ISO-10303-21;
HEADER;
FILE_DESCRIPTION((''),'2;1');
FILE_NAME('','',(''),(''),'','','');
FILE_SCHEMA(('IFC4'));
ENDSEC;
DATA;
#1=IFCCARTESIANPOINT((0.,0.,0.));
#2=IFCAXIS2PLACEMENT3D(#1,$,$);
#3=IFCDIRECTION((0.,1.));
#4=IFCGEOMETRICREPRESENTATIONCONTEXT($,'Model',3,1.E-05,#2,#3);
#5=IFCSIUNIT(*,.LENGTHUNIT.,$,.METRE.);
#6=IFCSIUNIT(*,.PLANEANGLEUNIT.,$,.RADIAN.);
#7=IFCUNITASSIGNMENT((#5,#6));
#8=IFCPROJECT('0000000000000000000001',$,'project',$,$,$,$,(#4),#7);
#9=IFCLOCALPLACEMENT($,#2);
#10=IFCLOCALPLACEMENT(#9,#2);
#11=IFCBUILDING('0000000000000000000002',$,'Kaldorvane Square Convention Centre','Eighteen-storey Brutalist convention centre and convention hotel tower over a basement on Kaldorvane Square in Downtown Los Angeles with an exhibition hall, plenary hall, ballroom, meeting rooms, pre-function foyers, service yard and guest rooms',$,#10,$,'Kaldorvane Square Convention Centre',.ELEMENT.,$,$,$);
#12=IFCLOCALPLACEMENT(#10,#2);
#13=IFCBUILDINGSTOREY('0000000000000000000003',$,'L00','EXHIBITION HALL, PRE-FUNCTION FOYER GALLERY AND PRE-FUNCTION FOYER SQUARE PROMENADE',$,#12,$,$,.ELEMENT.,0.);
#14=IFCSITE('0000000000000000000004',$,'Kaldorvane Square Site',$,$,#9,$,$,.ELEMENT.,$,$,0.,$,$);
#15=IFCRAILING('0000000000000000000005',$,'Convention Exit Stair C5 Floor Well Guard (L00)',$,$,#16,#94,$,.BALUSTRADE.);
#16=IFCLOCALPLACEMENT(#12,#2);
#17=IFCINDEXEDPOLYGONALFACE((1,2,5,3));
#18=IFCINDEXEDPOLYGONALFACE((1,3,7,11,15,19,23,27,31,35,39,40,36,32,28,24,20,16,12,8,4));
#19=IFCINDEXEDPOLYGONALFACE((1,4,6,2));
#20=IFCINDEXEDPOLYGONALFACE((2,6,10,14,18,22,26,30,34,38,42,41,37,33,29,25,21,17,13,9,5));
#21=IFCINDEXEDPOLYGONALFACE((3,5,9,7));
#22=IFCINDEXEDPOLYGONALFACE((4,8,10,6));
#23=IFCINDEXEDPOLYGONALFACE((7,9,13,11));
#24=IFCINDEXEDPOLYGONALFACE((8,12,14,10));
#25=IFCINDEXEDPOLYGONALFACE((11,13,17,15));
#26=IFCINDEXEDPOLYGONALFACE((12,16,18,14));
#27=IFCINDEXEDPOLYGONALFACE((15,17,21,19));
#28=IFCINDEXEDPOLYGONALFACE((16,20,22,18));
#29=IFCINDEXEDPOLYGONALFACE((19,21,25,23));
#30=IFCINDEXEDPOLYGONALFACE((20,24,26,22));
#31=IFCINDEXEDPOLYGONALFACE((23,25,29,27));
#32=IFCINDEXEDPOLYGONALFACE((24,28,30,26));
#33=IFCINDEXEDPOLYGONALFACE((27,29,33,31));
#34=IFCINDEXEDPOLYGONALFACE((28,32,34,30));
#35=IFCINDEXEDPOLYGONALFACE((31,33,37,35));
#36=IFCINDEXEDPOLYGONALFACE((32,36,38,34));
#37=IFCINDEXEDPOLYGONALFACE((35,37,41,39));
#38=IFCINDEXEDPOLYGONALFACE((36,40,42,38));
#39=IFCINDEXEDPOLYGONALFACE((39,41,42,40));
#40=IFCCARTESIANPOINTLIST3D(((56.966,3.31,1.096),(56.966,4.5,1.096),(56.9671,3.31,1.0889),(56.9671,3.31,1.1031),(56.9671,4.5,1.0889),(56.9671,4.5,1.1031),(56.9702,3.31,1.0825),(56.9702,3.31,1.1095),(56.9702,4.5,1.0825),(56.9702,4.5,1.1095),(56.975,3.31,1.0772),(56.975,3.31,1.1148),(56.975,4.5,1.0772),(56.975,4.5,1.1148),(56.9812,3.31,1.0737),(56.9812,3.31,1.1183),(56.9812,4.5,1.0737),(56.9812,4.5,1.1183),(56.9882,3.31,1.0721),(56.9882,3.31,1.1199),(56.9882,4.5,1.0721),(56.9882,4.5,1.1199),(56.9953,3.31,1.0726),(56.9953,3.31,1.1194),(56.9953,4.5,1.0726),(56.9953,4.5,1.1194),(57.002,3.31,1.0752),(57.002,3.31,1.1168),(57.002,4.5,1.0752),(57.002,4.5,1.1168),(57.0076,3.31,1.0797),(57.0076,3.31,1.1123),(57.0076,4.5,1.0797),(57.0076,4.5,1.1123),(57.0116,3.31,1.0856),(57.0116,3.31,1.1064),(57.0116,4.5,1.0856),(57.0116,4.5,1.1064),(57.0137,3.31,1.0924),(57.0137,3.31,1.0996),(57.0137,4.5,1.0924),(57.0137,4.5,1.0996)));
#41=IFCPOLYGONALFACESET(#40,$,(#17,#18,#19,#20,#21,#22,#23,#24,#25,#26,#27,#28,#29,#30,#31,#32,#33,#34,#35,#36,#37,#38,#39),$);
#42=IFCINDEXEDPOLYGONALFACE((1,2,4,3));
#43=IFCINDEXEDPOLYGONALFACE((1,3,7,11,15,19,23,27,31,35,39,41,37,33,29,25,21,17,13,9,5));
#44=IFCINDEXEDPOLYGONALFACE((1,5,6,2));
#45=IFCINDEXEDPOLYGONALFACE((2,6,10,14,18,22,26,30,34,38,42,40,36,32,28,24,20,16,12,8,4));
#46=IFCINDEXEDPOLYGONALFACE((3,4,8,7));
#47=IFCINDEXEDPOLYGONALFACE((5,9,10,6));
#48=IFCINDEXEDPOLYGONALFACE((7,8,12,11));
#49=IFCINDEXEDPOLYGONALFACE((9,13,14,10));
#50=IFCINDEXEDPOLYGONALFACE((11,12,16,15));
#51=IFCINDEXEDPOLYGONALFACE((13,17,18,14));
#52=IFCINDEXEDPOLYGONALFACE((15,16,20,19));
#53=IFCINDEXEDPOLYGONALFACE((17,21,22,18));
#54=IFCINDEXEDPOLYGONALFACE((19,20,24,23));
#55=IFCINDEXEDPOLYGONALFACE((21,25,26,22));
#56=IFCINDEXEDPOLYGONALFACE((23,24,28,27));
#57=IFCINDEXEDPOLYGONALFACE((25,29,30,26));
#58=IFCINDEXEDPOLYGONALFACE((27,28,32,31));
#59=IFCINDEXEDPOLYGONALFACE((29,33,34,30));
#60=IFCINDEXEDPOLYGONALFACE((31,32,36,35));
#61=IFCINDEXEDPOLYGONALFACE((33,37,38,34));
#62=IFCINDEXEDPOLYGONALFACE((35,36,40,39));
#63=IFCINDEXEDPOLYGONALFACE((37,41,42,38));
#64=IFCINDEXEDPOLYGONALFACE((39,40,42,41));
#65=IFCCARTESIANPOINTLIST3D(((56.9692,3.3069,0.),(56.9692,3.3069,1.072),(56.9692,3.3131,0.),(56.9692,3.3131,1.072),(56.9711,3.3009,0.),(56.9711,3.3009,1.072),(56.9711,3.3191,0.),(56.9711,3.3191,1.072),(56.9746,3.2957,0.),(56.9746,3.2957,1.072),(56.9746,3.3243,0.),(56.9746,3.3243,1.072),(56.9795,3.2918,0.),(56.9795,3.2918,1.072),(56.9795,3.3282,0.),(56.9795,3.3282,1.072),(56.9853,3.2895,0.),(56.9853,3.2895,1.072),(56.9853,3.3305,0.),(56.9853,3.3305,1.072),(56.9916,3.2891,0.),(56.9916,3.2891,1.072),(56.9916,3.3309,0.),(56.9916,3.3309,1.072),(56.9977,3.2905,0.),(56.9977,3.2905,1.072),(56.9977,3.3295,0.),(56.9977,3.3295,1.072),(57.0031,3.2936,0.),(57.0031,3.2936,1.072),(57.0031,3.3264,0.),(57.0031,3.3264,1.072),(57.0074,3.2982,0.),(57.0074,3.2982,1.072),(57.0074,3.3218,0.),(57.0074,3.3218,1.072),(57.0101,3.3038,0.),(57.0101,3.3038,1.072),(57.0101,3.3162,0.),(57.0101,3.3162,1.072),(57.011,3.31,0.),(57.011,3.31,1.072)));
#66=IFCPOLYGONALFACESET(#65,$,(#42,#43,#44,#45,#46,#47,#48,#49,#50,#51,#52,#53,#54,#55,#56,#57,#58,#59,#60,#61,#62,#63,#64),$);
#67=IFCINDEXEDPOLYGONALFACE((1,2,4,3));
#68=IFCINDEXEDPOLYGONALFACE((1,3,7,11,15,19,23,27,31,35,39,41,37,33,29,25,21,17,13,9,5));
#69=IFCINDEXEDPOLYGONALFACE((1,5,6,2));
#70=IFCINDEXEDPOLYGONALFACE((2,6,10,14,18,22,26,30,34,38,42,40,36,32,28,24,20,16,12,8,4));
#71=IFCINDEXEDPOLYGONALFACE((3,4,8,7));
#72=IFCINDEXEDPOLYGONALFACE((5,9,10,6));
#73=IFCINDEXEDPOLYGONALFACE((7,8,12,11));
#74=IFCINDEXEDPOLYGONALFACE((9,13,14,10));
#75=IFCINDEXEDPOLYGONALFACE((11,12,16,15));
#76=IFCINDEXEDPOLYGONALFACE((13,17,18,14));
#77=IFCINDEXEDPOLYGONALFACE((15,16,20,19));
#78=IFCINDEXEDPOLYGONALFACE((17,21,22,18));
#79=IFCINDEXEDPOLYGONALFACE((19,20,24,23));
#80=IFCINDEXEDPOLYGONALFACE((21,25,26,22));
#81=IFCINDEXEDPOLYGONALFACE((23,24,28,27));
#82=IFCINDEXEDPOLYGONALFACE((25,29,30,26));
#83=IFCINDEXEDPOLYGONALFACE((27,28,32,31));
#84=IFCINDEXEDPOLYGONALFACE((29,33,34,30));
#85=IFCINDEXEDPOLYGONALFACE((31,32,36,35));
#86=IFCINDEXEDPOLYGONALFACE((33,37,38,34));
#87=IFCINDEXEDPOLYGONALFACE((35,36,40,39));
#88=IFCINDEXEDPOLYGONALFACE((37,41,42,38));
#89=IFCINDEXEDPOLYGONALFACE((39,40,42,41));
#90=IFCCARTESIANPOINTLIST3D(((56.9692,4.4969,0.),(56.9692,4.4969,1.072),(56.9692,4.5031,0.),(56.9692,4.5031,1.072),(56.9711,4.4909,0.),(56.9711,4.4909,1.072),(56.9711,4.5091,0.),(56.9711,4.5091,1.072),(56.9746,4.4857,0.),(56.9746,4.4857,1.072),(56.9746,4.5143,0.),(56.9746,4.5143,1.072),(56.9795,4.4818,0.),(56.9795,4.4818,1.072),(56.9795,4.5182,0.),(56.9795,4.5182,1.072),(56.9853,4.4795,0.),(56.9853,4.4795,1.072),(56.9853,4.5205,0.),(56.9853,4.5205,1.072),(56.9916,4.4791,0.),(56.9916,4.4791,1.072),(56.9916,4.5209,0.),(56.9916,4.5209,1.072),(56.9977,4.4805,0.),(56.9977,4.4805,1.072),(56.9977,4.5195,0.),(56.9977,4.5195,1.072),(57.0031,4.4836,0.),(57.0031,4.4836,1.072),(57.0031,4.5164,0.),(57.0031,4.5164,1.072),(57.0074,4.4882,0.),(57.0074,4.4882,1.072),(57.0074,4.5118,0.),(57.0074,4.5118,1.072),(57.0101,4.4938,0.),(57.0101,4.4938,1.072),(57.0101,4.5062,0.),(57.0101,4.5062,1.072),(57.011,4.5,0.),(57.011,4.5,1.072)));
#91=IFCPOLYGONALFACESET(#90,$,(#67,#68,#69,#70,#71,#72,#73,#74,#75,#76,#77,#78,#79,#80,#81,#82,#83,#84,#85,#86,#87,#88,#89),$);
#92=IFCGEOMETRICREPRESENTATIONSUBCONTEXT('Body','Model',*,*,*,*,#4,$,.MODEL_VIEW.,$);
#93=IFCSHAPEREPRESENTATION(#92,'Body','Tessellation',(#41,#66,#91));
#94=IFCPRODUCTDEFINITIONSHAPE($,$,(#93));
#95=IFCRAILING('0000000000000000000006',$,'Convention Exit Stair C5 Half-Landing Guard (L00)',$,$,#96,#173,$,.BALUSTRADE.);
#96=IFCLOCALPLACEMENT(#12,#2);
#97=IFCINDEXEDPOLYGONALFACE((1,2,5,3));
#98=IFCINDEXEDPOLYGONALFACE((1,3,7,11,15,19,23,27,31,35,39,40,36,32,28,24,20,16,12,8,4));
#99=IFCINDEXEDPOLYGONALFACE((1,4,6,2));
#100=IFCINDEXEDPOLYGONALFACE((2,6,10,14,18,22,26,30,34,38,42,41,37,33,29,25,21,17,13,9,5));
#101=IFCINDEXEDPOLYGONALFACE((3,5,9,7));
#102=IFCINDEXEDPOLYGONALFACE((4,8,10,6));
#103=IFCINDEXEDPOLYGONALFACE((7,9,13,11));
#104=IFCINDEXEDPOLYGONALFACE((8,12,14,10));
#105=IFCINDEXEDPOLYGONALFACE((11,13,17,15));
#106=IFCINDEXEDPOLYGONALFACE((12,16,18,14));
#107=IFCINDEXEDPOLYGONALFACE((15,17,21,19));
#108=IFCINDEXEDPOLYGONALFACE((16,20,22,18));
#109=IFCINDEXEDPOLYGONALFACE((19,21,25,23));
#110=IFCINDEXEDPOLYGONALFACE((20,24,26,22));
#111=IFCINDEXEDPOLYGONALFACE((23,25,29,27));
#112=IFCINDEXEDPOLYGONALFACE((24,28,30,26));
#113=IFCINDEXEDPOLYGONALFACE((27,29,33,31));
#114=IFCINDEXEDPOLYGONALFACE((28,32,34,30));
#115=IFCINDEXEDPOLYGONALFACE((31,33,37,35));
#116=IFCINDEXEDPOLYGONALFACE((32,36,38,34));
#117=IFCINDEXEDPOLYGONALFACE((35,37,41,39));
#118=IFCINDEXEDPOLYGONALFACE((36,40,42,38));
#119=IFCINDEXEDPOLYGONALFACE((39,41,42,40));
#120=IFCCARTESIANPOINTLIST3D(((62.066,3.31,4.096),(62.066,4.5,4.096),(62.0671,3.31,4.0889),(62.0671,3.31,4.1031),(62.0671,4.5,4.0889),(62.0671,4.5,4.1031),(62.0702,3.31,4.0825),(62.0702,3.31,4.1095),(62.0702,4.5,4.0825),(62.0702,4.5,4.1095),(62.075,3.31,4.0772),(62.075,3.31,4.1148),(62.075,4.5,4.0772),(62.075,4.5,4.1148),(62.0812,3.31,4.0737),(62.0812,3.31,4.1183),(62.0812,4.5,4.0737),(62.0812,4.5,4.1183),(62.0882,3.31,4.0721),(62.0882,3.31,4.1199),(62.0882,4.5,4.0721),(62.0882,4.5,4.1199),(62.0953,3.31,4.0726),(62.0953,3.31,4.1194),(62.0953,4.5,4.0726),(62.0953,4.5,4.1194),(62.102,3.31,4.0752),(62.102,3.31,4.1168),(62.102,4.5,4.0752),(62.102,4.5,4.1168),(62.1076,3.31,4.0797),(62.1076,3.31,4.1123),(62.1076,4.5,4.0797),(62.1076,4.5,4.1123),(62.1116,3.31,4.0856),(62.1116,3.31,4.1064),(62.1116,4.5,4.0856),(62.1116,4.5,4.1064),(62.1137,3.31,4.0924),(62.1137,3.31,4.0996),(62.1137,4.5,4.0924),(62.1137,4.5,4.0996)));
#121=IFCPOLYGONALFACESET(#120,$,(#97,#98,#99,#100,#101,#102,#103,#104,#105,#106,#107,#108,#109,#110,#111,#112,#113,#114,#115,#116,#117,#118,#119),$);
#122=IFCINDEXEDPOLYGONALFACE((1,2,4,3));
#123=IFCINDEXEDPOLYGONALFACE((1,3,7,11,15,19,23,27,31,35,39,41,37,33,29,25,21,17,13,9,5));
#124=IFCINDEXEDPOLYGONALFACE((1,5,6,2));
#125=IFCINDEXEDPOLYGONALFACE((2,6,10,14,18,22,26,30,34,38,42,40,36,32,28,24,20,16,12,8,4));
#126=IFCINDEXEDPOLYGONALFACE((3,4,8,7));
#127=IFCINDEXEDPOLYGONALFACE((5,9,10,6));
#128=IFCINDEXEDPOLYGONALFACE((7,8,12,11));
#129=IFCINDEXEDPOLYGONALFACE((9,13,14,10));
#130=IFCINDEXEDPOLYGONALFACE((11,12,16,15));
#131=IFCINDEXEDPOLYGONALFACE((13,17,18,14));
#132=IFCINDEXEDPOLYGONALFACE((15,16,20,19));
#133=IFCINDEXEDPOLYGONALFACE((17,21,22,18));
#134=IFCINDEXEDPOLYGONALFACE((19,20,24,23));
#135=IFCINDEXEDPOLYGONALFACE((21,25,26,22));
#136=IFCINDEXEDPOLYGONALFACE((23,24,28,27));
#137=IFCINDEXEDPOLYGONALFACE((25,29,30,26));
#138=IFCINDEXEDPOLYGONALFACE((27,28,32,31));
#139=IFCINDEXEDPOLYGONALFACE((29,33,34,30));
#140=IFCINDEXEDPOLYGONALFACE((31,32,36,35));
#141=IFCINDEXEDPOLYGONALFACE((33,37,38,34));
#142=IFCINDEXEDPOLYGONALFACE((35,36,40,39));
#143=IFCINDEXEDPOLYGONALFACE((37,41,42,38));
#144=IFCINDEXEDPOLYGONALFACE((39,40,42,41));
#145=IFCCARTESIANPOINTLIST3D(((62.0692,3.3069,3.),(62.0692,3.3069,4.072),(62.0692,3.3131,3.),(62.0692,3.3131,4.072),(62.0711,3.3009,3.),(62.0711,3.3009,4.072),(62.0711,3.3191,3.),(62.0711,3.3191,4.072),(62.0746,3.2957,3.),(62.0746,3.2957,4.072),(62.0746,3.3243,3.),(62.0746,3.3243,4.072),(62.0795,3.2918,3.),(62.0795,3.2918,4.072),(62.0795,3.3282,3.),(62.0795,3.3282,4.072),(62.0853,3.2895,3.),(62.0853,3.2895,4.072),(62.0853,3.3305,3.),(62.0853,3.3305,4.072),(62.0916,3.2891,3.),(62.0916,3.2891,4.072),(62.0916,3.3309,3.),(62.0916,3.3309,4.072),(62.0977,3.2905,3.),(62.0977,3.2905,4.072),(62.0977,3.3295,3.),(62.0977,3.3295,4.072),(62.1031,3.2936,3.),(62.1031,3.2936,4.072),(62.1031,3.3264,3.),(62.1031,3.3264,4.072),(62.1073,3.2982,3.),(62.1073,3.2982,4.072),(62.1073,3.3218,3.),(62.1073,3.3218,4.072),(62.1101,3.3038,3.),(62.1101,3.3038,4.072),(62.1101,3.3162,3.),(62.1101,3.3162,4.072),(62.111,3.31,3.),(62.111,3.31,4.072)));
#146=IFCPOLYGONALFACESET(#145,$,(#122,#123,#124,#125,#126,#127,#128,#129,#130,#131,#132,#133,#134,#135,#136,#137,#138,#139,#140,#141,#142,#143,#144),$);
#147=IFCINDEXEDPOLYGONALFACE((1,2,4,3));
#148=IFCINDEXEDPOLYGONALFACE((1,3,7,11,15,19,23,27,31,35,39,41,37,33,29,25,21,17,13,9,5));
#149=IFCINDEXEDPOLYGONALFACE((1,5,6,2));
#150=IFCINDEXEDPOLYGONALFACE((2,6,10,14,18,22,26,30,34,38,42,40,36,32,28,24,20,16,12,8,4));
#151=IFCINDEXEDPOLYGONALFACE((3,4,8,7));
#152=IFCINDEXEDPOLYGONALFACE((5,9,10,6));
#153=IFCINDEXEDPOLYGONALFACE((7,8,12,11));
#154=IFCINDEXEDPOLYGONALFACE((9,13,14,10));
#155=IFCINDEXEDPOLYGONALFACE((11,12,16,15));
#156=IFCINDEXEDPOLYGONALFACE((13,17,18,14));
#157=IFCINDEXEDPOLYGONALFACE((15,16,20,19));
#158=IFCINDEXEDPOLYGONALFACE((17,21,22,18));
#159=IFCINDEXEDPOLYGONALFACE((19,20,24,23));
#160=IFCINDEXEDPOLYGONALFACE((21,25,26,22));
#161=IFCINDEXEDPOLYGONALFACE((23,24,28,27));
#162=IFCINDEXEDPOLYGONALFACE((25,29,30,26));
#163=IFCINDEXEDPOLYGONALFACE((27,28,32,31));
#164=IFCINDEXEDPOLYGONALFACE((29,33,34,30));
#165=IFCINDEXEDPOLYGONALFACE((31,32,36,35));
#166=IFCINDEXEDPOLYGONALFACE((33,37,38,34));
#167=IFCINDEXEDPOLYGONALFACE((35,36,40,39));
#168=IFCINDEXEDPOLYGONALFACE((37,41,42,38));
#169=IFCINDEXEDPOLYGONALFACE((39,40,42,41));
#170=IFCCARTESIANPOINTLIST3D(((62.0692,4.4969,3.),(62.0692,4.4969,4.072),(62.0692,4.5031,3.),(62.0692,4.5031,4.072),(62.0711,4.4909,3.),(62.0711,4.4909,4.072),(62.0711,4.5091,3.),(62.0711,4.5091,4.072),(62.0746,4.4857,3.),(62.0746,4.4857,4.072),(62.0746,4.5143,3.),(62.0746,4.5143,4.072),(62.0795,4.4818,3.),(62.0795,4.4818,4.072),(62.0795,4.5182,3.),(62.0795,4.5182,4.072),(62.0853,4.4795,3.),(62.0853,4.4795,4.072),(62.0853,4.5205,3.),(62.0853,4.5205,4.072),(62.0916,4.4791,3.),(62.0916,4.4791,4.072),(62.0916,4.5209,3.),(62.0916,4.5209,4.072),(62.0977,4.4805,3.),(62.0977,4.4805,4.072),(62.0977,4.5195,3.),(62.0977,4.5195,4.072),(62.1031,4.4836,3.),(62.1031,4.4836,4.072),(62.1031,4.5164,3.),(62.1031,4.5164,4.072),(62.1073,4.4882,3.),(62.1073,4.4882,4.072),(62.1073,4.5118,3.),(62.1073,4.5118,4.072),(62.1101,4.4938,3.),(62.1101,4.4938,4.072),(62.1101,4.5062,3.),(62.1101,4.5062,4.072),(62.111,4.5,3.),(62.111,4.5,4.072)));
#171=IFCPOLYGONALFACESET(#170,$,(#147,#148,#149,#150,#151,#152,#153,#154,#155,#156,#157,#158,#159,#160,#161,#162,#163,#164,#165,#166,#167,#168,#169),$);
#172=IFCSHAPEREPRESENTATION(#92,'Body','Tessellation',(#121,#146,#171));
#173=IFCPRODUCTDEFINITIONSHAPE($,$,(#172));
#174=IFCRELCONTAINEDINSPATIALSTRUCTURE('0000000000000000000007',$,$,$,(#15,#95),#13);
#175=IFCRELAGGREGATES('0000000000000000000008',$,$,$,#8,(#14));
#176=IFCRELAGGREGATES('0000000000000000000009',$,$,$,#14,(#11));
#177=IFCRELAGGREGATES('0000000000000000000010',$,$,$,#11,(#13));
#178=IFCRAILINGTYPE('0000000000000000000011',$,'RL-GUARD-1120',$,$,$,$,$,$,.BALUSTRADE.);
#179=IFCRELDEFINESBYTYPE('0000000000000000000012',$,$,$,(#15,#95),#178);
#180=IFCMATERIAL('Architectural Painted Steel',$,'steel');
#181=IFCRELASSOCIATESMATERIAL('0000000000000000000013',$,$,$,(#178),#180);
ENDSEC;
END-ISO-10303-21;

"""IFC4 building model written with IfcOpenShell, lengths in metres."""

from ifc_helpers import new_model, si_unit, direction, frame, origin, origin_2d, place, context, subcontext, project, spatial, circle, extrude, material, type_object, element, save


model = new_model("IFC4")

# Units and contexts
model_context = context("Model", 3, precision=1e-05, world=origin(), true_north=direction((0.0, 1.0)))
body_context = subcontext(model_context, "Body", "Model", "MODEL_VIEW")
ifc_project = project(units=[si_unit("LENGTHUNIT", "METRE"), si_unit("PLANEANGLEUNIT", "RADIAN")], contexts=[model_context])

# Site, building, storey
site_placement = place(None, origin())
site = spatial("IfcSite", under=ifc_project, at=site_placement, Name="Kaldorvane Square Site", CompositionType="ELEMENT", RefElevation=0.0)
building_placement = place(site_placement, origin())
building = spatial("IfcBuilding", under=site, at=building_placement, Name="Kaldorvane Square Convention Centre", Description="Eighteen-storey Brutalist convention centre and convention hotel tower over a basement on Kaldorvane Square in Downtown Los Angeles with an exhibition hall, plenary hall, ballroom, meeting rooms, pre-function foyers, service yard and guest rooms", LongName="Kaldorvane Square Convention Centre", CompositionType="ELEMENT")
storey_placement = place(building_placement, origin())
storey = spatial("IfcBuildingStorey", under=building, at=storey_placement, Name="L00", Description="EXHIBITION HALL, PRE-FUNCTION FOYER GALLERY AND PRE-FUNCTION FOYER SQUARE PROMENADE", CompositionType="ELEMENT", Elevation=0.0)

# Railings
ifc_material_1 = material(Name="Architectural Painted Steel", Category="steel")
railing_type_1 = type_object("IfcRailingType", Name="RL-GUARD-1120", PredefinedType="BALUSTRADE", material=ifc_material_1)
for number, where, name in (
    (1, (56.99, 3.31, 0.0), "Convention Exit Stair C5 Floor Well Guard (L00)"),
    (2, (62.09, 3.31, 3.0), "Convention Exit Stair C5 Half-Landing Guard (L00)"),
):
    element("IfcRailing", number, at=place(storey_placement, frame(where)), inside=storey, type_object=railing_type_1, Name=name, PredefinedType="BALUSTRADE", context=body_context, shape_type="SweptSolid", body=[
        extrude(circle(Radius=0.024, at=origin_2d()), frame((0.0, 0.0, 1.096), z_axis=(0.0, 1.0, 0.0), x_axis=(-1.0, 0.0, 0.0)), (0.0, 0.0, 1.0), 1.19),
        extrude(circle(Radius=0.021, at=origin_2d()), origin(), (0.0, 0.0, 1.0), 1.072),
        extrude(circle(Radius=0.021, at=origin_2d()), frame((0.0, 1.19, 0.0)), (0.0, 0.0, 1.0), 1.072),
    ])

save(model, "model.ifc")
